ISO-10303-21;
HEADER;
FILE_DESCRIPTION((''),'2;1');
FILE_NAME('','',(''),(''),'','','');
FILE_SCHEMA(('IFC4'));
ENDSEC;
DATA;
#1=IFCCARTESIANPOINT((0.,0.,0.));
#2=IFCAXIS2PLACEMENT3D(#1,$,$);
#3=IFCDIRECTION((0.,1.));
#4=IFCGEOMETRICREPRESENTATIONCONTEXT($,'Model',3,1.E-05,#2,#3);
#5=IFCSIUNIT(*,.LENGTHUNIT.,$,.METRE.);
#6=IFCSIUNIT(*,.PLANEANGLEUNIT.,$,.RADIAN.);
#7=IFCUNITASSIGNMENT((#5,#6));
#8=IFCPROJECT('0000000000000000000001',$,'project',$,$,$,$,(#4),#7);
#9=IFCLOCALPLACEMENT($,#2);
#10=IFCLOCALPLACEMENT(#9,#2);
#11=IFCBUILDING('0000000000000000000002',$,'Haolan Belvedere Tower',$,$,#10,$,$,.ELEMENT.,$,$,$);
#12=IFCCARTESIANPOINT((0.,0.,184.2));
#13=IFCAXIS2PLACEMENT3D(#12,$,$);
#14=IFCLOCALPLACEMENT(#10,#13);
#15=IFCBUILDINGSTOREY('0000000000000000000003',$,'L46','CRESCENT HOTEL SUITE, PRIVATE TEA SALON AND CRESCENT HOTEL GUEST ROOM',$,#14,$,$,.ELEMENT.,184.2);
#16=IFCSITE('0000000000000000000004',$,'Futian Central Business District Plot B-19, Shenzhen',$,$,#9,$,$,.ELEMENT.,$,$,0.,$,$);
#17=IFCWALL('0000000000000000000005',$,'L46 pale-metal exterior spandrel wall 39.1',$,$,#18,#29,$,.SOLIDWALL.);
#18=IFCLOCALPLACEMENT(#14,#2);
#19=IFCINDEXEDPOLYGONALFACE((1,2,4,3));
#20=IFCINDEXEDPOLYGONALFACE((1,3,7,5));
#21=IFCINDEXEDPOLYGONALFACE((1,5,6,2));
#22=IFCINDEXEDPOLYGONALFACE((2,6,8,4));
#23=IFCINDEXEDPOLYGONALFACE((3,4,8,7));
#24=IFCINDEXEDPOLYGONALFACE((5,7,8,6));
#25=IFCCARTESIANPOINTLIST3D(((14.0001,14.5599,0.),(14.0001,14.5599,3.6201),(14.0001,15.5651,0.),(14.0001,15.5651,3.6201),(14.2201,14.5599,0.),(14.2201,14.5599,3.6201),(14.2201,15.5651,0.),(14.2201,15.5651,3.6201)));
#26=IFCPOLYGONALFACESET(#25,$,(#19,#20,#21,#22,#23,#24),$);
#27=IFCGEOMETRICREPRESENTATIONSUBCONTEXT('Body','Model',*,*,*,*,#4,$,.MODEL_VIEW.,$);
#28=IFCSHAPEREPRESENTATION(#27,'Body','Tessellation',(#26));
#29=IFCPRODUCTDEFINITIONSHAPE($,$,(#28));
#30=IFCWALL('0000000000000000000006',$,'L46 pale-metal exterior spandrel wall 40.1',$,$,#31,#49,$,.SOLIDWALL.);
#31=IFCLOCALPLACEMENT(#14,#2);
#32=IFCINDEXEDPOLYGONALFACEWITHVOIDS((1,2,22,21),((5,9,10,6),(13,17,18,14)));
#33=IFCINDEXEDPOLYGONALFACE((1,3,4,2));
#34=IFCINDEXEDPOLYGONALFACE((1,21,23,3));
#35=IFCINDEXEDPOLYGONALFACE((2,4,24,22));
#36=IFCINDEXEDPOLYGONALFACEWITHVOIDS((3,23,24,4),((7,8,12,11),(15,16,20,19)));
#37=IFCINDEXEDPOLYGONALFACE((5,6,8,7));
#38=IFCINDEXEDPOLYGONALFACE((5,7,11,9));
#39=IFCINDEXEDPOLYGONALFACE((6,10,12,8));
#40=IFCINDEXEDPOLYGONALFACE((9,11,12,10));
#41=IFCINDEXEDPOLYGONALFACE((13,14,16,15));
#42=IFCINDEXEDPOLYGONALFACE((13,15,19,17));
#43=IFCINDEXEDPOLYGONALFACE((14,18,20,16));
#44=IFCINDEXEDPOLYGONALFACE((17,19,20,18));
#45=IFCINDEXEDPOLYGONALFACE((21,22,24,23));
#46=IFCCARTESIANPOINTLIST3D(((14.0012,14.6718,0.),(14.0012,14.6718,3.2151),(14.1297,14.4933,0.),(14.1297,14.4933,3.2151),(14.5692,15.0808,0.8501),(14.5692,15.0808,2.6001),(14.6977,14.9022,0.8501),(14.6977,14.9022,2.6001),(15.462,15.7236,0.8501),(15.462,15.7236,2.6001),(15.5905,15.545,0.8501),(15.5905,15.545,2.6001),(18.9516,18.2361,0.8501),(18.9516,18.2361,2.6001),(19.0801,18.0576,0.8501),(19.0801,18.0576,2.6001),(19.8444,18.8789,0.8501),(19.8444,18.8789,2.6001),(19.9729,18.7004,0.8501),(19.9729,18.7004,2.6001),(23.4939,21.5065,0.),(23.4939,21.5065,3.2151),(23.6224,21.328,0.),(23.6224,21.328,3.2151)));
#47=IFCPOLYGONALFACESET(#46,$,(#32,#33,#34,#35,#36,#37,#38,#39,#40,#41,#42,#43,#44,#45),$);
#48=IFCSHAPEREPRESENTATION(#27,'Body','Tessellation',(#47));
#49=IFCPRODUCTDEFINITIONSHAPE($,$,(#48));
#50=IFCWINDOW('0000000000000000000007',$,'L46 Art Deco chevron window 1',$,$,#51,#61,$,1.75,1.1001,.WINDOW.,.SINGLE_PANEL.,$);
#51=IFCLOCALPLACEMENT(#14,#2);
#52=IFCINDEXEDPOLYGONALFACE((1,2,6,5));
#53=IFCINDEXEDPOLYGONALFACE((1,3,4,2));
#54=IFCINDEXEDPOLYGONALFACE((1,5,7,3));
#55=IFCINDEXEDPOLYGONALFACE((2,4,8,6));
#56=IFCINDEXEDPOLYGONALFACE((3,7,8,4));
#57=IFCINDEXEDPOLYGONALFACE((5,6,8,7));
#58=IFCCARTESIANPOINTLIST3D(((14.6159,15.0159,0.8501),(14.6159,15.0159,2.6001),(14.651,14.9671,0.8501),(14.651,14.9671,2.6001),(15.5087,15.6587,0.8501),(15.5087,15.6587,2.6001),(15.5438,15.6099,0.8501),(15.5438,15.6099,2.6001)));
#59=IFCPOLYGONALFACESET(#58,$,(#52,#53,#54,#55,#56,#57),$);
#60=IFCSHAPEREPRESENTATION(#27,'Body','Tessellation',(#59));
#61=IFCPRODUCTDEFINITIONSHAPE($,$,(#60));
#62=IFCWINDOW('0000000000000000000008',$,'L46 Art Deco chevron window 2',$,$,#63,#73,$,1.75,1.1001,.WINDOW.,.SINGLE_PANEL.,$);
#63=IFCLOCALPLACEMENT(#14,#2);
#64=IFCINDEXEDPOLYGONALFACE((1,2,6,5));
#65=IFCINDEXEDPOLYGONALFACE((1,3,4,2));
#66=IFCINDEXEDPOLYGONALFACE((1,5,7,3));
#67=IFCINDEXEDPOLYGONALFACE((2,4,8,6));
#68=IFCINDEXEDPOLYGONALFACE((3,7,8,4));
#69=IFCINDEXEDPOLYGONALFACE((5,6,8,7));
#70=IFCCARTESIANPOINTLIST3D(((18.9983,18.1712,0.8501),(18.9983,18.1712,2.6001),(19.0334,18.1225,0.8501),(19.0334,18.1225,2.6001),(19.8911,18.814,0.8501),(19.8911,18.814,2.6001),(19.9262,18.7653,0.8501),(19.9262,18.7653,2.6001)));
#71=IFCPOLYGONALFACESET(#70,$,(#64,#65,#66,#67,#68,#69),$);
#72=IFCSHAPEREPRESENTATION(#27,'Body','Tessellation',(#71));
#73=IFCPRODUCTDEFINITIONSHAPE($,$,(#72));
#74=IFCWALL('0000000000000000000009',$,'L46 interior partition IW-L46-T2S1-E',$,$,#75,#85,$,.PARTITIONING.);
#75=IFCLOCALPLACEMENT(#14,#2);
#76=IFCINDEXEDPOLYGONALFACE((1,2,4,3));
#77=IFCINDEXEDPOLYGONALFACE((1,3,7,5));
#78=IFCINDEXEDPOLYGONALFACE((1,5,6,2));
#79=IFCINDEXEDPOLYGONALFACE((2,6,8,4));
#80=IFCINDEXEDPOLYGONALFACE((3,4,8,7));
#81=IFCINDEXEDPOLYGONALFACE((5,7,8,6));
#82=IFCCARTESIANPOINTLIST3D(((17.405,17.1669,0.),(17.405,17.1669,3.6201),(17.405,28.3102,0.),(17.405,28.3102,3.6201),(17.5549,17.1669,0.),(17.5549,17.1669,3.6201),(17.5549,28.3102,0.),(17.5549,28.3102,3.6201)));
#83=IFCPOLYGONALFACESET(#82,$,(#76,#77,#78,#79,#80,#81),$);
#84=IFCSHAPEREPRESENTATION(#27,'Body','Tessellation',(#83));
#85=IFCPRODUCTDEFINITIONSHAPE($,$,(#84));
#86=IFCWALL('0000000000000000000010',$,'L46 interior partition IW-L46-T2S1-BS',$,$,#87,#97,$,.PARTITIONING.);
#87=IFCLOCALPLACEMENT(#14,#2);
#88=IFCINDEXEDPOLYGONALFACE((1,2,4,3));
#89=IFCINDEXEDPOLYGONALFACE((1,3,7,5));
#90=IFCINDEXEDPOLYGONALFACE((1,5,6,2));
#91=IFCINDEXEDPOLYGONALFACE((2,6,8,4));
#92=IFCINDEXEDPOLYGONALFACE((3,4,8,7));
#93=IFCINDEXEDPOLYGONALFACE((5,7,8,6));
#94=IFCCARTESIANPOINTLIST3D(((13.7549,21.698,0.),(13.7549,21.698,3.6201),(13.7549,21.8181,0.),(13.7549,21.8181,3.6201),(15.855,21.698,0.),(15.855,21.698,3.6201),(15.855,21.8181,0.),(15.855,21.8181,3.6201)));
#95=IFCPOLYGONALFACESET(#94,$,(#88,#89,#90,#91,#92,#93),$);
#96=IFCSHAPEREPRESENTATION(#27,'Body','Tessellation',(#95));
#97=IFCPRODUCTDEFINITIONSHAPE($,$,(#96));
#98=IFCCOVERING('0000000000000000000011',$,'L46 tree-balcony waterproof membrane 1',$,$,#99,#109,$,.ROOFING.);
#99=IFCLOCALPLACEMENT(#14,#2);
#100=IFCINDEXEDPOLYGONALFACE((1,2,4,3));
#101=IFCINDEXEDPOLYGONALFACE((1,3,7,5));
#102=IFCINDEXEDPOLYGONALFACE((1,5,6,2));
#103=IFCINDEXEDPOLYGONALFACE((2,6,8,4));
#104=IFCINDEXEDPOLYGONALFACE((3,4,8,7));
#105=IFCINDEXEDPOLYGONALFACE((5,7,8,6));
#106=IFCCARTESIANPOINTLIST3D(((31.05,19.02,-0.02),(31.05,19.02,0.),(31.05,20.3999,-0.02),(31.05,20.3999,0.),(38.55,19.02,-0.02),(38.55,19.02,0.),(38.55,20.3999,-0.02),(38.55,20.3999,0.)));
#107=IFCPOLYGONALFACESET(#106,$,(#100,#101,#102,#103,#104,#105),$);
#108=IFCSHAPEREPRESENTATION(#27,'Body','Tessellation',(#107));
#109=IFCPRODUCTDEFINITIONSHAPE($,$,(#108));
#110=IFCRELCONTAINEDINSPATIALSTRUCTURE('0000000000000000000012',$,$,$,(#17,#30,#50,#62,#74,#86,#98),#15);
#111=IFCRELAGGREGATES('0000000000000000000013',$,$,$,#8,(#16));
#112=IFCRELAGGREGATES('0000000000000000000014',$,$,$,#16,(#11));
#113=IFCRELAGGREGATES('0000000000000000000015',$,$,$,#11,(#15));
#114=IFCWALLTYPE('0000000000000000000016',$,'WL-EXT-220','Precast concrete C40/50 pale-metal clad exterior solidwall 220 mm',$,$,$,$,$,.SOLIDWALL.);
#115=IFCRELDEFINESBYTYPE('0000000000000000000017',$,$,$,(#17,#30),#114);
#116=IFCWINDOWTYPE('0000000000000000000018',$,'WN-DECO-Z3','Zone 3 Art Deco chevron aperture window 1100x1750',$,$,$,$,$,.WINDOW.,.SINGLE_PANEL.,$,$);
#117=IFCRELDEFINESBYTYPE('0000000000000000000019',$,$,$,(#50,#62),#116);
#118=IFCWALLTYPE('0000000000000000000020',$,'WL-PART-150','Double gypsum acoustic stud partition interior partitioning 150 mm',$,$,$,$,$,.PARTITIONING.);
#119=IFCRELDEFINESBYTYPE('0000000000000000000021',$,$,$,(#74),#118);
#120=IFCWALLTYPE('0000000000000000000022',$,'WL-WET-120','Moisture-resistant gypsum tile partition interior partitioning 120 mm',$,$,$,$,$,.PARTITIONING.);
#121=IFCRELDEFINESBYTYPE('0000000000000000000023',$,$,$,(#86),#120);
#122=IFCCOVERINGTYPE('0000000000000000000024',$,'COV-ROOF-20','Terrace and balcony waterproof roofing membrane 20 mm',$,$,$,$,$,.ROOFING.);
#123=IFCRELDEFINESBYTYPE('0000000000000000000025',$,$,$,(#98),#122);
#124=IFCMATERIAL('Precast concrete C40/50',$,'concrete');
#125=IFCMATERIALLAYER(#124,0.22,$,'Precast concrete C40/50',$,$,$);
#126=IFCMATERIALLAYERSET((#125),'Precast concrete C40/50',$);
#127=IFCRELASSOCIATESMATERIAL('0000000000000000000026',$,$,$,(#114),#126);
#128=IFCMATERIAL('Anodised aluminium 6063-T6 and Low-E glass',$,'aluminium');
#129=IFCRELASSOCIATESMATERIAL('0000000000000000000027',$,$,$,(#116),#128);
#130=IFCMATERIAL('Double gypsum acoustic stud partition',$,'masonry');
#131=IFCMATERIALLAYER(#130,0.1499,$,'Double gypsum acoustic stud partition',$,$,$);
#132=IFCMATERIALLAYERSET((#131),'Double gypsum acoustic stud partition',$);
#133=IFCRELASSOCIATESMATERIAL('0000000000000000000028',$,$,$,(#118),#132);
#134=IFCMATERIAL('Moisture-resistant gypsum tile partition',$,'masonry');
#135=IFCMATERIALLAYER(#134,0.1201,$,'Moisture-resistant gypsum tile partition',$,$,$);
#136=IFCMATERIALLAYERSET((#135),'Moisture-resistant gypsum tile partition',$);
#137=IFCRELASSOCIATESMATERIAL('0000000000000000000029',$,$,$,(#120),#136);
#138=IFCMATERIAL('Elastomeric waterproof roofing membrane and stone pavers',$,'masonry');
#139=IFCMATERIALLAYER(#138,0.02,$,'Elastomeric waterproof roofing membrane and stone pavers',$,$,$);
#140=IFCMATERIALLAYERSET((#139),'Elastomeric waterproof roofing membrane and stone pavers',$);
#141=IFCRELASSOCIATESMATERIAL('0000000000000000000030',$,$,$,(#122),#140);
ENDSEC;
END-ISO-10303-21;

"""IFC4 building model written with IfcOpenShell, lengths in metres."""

from ifc_helpers import new_model, si_unit, direction, frame, frame_2d, origin, place, context, subcontext, project, spatial, polyline, rectangle, outline, extrude, material, layer, layer_set, type_object, element, fill, save


model = new_model("IFC4")

# Units and contexts
model_context = context("Model", 3, precision=1e-05, world=origin(), true_north=direction((0.0, 1.0)))
body_context = subcontext(model_context, "Body", "Model", "MODEL_VIEW")
ifc_project = project(units=[si_unit("LENGTHUNIT", "METRE"), si_unit("PLANEANGLEUNIT", "RADIAN")], contexts=[model_context])

# Site, building, storey
site_placement = place(None, origin())
site = spatial("IfcSite", under=ifc_project, at=site_placement, Name="Futian Central Business District Plot B-19, Shenzhen", CompositionType="ELEMENT", RefElevation=0.0)
building_placement = place(site_placement, origin())
building = spatial("IfcBuilding", under=site, at=building_placement, Name="Haolan Belvedere Tower", CompositionType="ELEMENT")
storey_placement = place(building_placement, frame((0.0, 0.0, 184.2)))
storey = spatial("IfcBuildingStorey", under=building, at=storey_placement, Name="L46", Description="CRESCENT HOTEL SUITE, PRIVATE TEA SALON AND CRESCENT HOTEL GUEST ROOM", CompositionType="ELEMENT", Elevation=184.2)

# Wall
ifc_material_1 = material(Name="Precast concrete C40/50", Category="concrete")
ifc_layer_1 = layer(ifc_material_1, 0.22, Name="Precast concrete C40/50")
ifc_layer_set_1 = layer_set([ifc_layer_1], Name="Precast concrete C40/50")
wall_type_1 = type_object("IfcWallType", Name="WL-EXT-220", Description="Precast concrete C40/50 pale-metal clad exterior solidwall 220 mm", PredefinedType="SOLIDWALL", material=ifc_layer_set_1)
wall_1_placement = place(storey_placement, frame((14.1101, 15.5649, 0.0), z_axis=(0.0, 0.0, 1.0), x_axis=(0.0, -1.0, 0.0)))
element("IfcWall", 1, at=wall_1_placement, inside=storey, type_object=wall_type_1, Name="L46 pale-metal exterior spandrel wall 39.1", PredefinedType="SOLIDWALL", context=body_context, shape_type="SweptSolid", body=[
    extrude(rectangle(XDim=1.0051, YDim=0.22, at=frame_2d((0.5024, 0.0))), origin(), (0.0, 0.0, 1.0), 3.6201),
])

# Wall, openings, windows
wall_2_placement = place(storey_placement, frame((14.0654, 14.5825, 0.0), z_axis=(0.0, 0.0, 1.0), x_axis=(0.811535, 0.584304, 0.0)))
wall_2 = element("IfcWall", 2, at=wall_2_placement, inside=storey, type_object=wall_type_1, Name="L46 pale-metal exterior spandrel wall 40.1", PredefinedType="SOLIDWALL", context=body_context, shape_type="SweptSolid", body=[
    extrude(rectangle(XDim=11.6973, YDim=0.22, at=frame_2d((5.8486, 0.0))), origin(), (0.0, 0.0, 1.0), 3.2151),
])
opening_1_placement = place(wall_2_placement, frame((0.7, 0.0, 0.8501)))
opening_1 = element("IfcOpeningElement", 3, at=opening_1_placement, cuts=wall_2, PredefinedType="OPENING", context=body_context, shape_type="SweptSolid", body=[
    extrude(rectangle(XDim=1.1001, YDim=1.75, at=frame_2d((0.55, 0.875))), frame((0.0, 0.1199, 0.0), z_axis=(0.0, -1.0, 0.0), x_axis=(1.0, 0.0, 0.0)), (0.0, 0.0, 1.0), 0.24),
])
opening_2_placement = place(wall_2_placement, frame((6.1001, 0.0, 0.8501)))
opening_2 = element("IfcOpeningElement", 4, at=opening_2_placement, cuts=wall_2, PredefinedType="OPENING", context=body_context, shape_type="SweptSolid", body=[
    extrude(rectangle(XDim=1.1001, YDim=1.75, at=frame_2d((0.55, 0.875))), frame((0.0, 0.1199, 0.0), z_axis=(0.0, -1.0, 0.0), x_axis=(1.0, 0.0, 0.0)), (0.0, 0.0, 1.0), 0.24),
])
ifc_material_2 = material(Name="Anodised aluminium 6063-T6 and Low-E glass", Category="aluminium")
window_type = type_object("IfcWindowType", Name="WN-DECO-Z3", Description="Zone 3 Art Deco chevron aperture window 1100x1750", PartitioningType="SINGLE_PANEL", PredefinedType="WINDOW", material=ifc_material_2)
window_1_placement = place(opening_1_placement, origin())
window_1 = element("IfcWindow", 5, at=window_1_placement, inside=storey, type_object=window_type, Name="L46 Art Deco chevron window 1", OverallHeight=1.75, OverallWidth=1.1001, PartitioningType="SINGLE_PANEL", PredefinedType="WINDOW", context=body_context, shape_type="SweptSolid", body=[
    extrude(rectangle(XDim=1.1001, YDim=1.75, at=frame_2d((0.55, 0.875))), frame((0.0, 0.03, 0.0), z_axis=(0.0, -1.0, 0.0), x_axis=(1.0, 0.0, 0.0)), (0.0, 0.0, 1.0), 0.0601),
])
fill(opening_1, window_1)
window_2_placement = place(opening_2_placement, origin())
window_2 = element("IfcWindow", 6, at=window_2_placement, inside=storey, type_object=window_type, Name="L46 Art Deco chevron window 2", OverallHeight=1.75, OverallWidth=1.1001, PartitioningType="SINGLE_PANEL", PredefinedType="WINDOW", context=body_context, shape_type="SweptSolid", body=[
    extrude(rectangle(XDim=1.1001, YDim=1.75, at=frame_2d((0.55, 0.875))), frame((0.0, 0.03, 0.0), z_axis=(0.0, -1.0, 0.0), x_axis=(1.0, 0.0, 0.0)), (0.0, 0.0, 1.0), 0.0601),
])
fill(opening_2, window_2)

# Walls
ifc_material_3 = material(Name="Double gypsum acoustic stud partition", Category="masonry")
ifc_layer_2 = layer(ifc_material_3, 0.1499, Name="Double gypsum acoustic stud partition")
ifc_layer_set_2 = layer_set([ifc_layer_2], Name="Double gypsum acoustic stud partition")
wall_type_2 = type_object("IfcWallType", Name="WL-PART-150", Description="Double gypsum acoustic stud partition interior partitioning 150 mm", PredefinedType="PARTITIONING", material=ifc_layer_set_2)
wall_3_placement = place(storey_placement, frame((17.48, 17.1667, 0.0), z_axis=(0.0, 0.0, 1.0), x_axis=(0.0, 1.0, 0.0)))
element("IfcWall", 7, at=wall_3_placement, inside=storey, type_object=wall_type_2, Name="L46 interior partition IW-L46-T2S1-E", PredefinedType="PARTITIONING", context=body_context, shape_type="SweptSolid", body=[
    extrude(rectangle(XDim=11.1433, YDim=0.1499, at=frame_2d((5.5718, 0.0))), origin(), (0.0, 0.0, 1.0), 3.6201),
])
ifc_material_4 = material(Name="Moisture-resistant gypsum tile partition", Category="masonry")
ifc_layer_3 = layer(ifc_material_4, 0.1201, Name="Moisture-resistant gypsum tile partition")
ifc_layer_set_3 = layer_set([ifc_layer_3], Name="Moisture-resistant gypsum tile partition")
wall_type_3 = type_object("IfcWallType", Name="WL-WET-120", Description="Moisture-resistant gypsum tile partition interior partitioning 120 mm", PredefinedType="PARTITIONING", material=ifc_layer_set_3)
wall_4_placement = place(storey_placement, frame((13.7549, 21.7581, 0.0), z_axis=(0.0, 0.0, 1.0), x_axis=(1.0, 0.0, 0.0)))
element("IfcWall", 8, at=wall_4_placement, inside=storey, type_object=wall_type_3, Name="L46 interior partition IW-L46-T2S1-BS", PredefinedType="PARTITIONING", context=body_context, shape_type="SweptSolid", body=[
    extrude(rectangle(XDim=2.1001, YDim=0.1201, at=frame_2d((1.05, 0.0))), origin(), (0.0, 0.0, 1.0), 3.6201),
])

# Covering
ifc_material_5 = material(Name="Elastomeric waterproof roofing membrane and stone pavers", Category="masonry")
ifc_layer_4 = layer(ifc_material_5, 0.02, Name="Elastomeric waterproof roofing membrane and stone pavers")
ifc_layer_set_4 = layer_set([ifc_layer_4], Name="Elastomeric waterproof roofing membrane and stone pavers")
covering_type = type_object("IfcCoveringType", Name="COV-ROOF-20", Description="Terrace and balcony waterproof roofing membrane 20 mm", PredefinedType="ROOFING", material=ifc_layer_set_4)
covering_placement = place(storey_placement, frame((0.0, 0.0, -0.02)))
element("IfcCovering", 9, at=covering_placement, inside=storey, type_object=covering_type, Name="L46 tree-balcony waterproof membrane 1", PredefinedType="ROOFING", context=body_context, shape_type="SweptSolid", body=[
    extrude(outline(polyline([(31.05, 19.02), (38.55, 19.02), (38.55, 20.3999), (31.05, 20.3999), (31.05, 19.02)])), origin(), (0.0, 0.0, 1.0), 0.02),
])

save(model, "model.ifc")
